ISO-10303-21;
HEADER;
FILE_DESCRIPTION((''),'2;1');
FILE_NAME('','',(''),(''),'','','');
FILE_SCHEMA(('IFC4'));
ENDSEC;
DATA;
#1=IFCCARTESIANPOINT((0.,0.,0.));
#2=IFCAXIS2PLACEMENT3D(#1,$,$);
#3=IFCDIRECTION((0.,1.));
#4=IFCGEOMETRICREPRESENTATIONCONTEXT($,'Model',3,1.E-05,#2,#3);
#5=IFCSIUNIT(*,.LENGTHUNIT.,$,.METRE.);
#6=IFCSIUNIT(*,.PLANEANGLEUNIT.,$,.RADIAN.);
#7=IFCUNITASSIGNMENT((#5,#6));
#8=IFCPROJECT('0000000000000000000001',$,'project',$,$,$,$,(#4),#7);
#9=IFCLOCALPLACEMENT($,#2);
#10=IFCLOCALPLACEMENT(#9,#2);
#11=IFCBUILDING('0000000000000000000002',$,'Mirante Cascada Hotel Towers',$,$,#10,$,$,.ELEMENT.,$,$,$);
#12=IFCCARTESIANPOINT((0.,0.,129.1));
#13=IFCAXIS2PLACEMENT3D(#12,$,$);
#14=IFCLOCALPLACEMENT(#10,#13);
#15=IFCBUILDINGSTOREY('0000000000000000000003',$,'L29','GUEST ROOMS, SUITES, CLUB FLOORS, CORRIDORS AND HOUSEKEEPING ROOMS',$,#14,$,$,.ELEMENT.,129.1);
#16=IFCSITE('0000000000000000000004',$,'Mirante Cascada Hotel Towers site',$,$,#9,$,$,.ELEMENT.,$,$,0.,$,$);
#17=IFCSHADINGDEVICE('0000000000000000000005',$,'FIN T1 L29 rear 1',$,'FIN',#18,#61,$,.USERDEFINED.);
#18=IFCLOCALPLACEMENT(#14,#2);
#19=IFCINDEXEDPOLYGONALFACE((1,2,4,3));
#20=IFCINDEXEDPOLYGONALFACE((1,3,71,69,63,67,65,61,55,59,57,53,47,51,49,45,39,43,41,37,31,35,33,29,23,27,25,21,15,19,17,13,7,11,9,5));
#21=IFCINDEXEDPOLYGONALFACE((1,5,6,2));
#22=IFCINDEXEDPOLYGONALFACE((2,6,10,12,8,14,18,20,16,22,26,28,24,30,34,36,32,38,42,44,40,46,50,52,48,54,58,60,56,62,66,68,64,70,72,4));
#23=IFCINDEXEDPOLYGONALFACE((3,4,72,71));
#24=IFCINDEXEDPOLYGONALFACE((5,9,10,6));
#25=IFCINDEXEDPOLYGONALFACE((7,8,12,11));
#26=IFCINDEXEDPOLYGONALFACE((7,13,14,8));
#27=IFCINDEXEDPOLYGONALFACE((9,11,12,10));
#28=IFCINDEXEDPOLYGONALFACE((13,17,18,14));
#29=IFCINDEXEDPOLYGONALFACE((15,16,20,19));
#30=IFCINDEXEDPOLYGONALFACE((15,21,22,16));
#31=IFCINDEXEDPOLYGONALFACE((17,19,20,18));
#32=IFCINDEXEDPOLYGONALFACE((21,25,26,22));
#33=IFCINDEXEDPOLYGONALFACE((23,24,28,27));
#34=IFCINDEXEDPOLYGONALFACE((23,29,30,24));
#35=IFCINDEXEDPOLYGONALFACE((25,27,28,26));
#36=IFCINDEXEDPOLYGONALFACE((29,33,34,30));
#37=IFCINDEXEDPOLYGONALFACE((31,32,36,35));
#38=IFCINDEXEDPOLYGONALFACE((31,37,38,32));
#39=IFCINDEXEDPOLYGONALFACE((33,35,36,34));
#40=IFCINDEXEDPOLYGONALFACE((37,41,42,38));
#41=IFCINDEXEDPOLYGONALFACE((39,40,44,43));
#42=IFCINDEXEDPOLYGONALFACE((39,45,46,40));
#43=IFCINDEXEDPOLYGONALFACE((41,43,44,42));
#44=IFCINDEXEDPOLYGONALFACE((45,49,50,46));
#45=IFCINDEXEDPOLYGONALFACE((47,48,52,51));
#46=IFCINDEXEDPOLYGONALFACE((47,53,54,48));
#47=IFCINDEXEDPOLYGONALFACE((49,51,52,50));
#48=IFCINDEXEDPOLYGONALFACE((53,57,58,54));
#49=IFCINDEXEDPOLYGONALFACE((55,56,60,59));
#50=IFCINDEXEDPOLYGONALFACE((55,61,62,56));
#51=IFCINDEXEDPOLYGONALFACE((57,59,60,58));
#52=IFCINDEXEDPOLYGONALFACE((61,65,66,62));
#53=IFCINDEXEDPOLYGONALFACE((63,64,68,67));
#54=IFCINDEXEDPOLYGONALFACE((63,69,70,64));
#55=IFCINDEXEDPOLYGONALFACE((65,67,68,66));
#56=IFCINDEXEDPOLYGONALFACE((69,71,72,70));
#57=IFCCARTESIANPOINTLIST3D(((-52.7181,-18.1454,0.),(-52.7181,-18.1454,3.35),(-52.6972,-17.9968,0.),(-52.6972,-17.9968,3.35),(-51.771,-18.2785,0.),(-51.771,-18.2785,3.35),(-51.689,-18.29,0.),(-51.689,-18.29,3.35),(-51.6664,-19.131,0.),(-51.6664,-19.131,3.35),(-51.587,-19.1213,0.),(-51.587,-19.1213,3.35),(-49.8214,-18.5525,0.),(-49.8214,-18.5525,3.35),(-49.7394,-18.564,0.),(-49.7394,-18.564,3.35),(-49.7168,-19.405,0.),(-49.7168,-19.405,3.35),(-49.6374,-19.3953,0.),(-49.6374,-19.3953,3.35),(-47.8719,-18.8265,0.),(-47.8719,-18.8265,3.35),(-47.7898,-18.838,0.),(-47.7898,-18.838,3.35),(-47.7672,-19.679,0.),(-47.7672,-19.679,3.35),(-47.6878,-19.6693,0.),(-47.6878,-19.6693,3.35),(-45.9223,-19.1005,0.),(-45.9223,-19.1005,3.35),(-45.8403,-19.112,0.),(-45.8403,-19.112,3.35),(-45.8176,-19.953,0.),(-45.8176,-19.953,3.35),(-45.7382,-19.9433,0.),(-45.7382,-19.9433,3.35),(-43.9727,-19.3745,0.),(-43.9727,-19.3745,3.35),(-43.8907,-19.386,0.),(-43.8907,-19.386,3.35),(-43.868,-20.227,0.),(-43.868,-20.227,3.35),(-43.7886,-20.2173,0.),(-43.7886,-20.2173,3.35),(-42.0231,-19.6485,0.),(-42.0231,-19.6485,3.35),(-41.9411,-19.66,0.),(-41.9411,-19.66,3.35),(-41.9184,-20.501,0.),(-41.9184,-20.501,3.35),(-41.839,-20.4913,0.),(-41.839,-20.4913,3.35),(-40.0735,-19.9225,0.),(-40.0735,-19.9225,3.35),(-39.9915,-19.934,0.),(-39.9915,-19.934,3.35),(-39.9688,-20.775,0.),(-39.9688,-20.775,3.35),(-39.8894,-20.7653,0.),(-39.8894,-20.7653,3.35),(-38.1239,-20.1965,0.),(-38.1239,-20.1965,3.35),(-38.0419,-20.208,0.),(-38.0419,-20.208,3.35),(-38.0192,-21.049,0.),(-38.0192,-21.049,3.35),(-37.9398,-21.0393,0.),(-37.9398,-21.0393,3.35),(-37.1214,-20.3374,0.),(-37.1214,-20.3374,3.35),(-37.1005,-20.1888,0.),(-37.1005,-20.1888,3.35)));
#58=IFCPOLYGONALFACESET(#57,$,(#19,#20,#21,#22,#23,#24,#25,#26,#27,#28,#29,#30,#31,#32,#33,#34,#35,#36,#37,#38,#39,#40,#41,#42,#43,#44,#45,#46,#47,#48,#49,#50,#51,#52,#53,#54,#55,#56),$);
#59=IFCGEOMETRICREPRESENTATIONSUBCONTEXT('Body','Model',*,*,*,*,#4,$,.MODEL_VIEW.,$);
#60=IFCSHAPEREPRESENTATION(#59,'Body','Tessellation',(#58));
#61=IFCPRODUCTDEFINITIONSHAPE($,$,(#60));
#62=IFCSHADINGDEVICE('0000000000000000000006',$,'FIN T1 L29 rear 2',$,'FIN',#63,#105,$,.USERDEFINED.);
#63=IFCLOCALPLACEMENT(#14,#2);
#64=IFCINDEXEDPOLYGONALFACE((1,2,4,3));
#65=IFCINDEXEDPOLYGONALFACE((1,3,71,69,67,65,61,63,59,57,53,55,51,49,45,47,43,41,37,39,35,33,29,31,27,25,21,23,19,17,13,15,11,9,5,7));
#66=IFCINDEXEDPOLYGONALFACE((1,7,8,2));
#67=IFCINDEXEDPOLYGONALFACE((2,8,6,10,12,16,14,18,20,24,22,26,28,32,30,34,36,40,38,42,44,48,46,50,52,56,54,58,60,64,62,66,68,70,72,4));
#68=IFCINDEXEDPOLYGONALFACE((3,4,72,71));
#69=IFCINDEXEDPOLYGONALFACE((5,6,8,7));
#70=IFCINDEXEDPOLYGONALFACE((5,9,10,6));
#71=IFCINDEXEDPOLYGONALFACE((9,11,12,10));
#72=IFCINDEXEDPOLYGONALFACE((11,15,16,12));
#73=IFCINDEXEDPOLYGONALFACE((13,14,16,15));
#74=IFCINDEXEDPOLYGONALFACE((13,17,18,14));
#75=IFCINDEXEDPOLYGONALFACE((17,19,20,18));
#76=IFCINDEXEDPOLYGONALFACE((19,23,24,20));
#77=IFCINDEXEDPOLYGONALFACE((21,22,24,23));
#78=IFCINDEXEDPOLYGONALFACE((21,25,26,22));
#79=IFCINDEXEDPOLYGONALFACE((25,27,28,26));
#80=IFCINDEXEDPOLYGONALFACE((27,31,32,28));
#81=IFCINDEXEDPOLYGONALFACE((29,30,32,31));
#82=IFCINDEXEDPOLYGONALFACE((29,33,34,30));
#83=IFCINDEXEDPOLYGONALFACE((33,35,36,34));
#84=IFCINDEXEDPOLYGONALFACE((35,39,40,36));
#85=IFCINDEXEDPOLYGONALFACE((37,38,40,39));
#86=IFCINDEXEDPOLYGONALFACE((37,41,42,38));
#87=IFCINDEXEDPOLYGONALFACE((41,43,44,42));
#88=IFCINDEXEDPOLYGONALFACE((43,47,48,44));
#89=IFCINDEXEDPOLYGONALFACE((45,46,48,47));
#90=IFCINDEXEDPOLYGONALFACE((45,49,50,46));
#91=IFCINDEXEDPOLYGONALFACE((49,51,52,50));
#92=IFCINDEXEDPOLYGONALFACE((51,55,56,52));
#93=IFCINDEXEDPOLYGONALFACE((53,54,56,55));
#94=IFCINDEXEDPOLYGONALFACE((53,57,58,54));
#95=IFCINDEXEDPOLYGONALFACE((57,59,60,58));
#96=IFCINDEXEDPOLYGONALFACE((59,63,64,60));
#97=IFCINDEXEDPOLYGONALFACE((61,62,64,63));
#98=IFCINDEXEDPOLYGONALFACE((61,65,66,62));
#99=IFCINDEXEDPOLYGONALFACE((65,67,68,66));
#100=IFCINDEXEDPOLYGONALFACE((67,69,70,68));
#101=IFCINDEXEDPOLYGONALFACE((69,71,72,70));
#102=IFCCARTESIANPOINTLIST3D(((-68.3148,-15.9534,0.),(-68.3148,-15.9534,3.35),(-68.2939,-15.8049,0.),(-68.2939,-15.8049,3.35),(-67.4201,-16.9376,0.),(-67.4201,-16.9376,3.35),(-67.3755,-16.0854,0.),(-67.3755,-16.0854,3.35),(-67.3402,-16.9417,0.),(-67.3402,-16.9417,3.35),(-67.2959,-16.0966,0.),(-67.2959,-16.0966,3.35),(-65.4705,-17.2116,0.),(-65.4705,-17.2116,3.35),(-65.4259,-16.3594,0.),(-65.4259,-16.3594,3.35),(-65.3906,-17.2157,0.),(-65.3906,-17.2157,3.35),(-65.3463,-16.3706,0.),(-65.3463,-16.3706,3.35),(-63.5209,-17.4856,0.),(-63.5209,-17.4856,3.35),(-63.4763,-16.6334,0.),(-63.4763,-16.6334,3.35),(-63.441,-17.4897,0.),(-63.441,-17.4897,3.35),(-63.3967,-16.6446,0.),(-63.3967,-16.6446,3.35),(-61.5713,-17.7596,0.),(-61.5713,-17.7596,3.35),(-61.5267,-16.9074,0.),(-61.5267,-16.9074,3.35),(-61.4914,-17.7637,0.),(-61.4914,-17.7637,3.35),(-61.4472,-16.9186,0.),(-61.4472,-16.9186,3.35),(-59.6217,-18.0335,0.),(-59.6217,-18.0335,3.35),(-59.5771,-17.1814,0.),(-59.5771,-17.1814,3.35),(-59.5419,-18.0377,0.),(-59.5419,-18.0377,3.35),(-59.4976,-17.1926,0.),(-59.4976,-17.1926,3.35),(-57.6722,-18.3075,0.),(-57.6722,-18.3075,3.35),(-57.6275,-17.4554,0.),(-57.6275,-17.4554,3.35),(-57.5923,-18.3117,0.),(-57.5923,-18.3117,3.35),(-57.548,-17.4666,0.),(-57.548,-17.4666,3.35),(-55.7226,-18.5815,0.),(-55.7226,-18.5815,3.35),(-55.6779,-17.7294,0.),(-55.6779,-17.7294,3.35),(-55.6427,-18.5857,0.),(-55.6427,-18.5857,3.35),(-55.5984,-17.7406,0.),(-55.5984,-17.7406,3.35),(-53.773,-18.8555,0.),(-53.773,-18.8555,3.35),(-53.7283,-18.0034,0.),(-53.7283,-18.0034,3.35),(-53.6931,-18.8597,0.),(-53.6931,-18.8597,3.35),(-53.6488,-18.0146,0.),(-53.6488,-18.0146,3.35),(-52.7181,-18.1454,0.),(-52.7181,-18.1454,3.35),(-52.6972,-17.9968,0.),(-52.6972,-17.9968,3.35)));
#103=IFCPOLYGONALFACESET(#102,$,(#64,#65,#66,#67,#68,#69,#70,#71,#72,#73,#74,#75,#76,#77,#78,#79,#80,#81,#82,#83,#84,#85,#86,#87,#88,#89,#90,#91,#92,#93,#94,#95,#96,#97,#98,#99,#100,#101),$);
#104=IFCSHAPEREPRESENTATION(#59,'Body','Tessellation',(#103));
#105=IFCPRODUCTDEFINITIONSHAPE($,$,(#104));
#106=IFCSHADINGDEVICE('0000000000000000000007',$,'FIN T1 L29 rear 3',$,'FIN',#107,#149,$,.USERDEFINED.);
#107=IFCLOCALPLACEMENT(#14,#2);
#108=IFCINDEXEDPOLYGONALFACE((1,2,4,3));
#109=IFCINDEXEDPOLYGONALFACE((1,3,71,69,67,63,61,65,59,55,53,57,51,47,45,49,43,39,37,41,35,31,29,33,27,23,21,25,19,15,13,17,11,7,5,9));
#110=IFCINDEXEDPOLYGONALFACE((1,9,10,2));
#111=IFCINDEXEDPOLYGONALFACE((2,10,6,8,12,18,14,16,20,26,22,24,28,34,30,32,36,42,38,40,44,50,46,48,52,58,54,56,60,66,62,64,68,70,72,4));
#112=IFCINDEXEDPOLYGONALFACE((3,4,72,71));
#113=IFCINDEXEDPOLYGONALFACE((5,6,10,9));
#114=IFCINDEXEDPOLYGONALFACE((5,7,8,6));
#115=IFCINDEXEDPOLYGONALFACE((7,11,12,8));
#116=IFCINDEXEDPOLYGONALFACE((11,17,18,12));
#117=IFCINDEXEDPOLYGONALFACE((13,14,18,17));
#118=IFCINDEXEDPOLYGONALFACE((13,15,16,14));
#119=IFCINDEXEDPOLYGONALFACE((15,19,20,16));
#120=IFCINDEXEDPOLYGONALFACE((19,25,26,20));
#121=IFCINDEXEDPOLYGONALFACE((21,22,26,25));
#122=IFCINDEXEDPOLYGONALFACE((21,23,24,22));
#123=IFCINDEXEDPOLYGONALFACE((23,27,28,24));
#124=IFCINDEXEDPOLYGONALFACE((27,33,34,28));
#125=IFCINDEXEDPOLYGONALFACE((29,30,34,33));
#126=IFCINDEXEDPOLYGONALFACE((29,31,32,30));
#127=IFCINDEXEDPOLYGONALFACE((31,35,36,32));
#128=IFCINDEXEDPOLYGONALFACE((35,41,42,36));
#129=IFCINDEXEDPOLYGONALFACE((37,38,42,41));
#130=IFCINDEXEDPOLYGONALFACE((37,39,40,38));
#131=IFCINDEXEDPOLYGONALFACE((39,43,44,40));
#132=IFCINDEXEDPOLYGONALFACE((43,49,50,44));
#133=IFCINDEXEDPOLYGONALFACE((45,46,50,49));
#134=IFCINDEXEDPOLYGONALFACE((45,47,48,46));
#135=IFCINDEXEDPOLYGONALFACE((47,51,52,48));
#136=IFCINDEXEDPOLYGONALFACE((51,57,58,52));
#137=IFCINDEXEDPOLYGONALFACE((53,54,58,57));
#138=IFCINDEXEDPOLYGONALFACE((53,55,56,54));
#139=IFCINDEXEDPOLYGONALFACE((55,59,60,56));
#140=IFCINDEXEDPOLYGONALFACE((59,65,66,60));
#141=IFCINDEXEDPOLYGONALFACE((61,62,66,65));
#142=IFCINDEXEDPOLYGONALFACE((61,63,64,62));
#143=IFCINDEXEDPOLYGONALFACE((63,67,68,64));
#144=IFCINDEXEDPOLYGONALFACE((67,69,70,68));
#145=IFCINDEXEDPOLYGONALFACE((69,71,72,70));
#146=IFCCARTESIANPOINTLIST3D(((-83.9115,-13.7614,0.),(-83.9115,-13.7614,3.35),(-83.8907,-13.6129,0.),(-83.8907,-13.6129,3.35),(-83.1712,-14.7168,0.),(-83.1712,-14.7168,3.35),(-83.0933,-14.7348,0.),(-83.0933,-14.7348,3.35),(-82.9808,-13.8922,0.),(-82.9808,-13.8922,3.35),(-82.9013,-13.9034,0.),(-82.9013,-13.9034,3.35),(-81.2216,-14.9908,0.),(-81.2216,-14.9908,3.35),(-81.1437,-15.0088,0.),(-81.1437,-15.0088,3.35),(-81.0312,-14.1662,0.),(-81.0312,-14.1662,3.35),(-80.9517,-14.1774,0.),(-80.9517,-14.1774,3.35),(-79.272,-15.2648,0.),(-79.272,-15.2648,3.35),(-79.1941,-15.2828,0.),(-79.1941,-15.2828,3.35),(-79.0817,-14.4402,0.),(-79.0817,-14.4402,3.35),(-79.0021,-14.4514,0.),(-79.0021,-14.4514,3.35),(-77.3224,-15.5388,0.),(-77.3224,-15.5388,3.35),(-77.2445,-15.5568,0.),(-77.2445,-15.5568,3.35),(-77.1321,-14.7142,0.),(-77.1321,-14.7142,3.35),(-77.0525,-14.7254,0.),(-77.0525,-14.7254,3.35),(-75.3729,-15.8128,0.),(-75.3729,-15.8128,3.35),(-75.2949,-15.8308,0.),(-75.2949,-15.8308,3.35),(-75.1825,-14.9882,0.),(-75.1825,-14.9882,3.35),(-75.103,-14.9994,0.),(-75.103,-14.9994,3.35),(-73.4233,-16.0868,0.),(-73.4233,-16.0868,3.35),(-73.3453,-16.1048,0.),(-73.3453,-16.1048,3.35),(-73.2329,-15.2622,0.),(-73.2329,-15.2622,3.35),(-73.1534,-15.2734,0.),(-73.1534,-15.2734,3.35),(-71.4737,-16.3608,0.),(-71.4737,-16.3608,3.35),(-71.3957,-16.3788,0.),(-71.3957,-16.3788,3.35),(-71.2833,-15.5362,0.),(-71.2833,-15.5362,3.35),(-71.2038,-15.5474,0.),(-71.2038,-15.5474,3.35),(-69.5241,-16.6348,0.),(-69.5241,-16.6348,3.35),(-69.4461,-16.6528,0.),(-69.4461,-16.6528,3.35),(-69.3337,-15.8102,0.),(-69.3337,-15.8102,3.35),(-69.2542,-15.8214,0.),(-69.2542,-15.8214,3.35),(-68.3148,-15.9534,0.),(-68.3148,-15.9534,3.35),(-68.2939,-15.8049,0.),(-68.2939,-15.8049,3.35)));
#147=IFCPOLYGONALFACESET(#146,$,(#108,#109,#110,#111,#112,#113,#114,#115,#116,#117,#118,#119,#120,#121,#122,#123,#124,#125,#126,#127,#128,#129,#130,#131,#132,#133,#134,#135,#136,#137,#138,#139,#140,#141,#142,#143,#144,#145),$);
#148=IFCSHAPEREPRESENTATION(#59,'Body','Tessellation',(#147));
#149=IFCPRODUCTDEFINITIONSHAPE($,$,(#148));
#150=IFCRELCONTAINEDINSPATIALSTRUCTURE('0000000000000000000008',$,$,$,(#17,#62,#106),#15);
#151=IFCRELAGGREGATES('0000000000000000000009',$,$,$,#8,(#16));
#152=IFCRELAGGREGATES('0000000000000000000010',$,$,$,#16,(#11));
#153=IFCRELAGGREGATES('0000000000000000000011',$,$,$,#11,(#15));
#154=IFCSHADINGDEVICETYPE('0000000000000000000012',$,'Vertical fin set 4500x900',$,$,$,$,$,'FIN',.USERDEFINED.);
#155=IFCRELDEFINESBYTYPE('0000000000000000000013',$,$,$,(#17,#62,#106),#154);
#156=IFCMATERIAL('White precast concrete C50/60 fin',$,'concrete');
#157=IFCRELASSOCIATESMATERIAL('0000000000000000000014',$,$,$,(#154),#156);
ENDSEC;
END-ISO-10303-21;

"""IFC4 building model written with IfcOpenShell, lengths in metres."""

from ifc_helpers import new_model, si_unit, direction, frame, origin, place, context, subcontext, project, spatial, polyline, outline, extrude, material, type_object, element, save


model = new_model("IFC4")

# Units and contexts
model_context = context("Model", 3, precision=1e-05, world=origin(), true_north=direction((0.0, 1.0)))
body_context = subcontext(model_context, "Body", "Model", "MODEL_VIEW")
ifc_project = project(units=[si_unit("LENGTHUNIT", "METRE"), si_unit("PLANEANGLEUNIT", "RADIAN")], contexts=[model_context])

# Site, building, storey
site_placement = place(None, origin())
site = spatial("IfcSite", under=ifc_project, at=site_placement, Name="Mirante Cascada Hotel Towers site", CompositionType="ELEMENT", RefElevation=0.0)
building_placement = place(site_placement, origin())
building = spatial("IfcBuilding", under=site, at=building_placement, Name="Mirante Cascada Hotel Towers", CompositionType="ELEMENT")
storey_placement = place(building_placement, frame((0.0, 0.0, 129.1)))
storey = spatial("IfcBuildingStorey", under=building, at=storey_placement, Name="L29", Description="GUEST ROOMS, SUITES, CLUB FLOORS, CORRIDORS AND HOUSEKEEPING ROOMS", CompositionType="ELEMENT", Elevation=129.1)

# Shading devices
ifc_material_1 = material(Name="White precast concrete C50/60 fin", Category="concrete")
shading_device_type = type_object("IfcShadingDeviceType", Name="Vertical fin set 4500x900", ElementType="FIN", PredefinedType="USERDEFINED", material=ifc_material_1)
shading_device_1_placement = place(storey_placement, origin())
element("IfcShadingDevice", 1, at=shading_device_1_placement, inside=storey, type_object=shading_device_type, Name="FIN T1 L29 rear 1", ObjectType="FIN", PredefinedType="USERDEFINED", context=body_context, shape_type="SweptSolid", body=[
    extrude(outline(polyline([(-38.1239, -20.1965), (-39.9915, -19.934), (-39.8894, -20.7653), (-39.9688, -20.775), (-40.0735, -19.9225), (-41.9411, -19.66), (-41.839, -20.4913), (-41.9184, -20.501), (-42.0231, -19.6485), (-43.8907, -19.386), (-43.7886, -20.2173), (-43.868, -20.227), (-43.9727, -19.3745), (-45.8403, -19.112), (-45.7382, -19.9433), (-45.8176, -19.953), (-45.9223, -19.1005), (-47.7898, -18.838), (-47.6878, -19.6693), (-47.7672, -19.679), (-47.8719, -18.8265), (-49.7394, -18.564), (-49.6374, -19.3953), (-49.7168, -19.405), (-49.8214, -18.5525), (-51.689, -18.29), (-51.587, -19.1213), (-51.6664, -19.131), (-51.771, -18.2785), (-52.7181, -18.1454), (-52.6972, -17.9968), (-37.1005, -20.1888), (-37.1214, -20.3374), (-38.0419, -20.208), (-37.9398, -21.0393), (-38.0192, -21.049), (-38.1239, -20.1965)])), origin(), (0.0, 0.0, 1.0), 3.35),
])
shading_device_2_placement = place(storey_placement, origin())
element("IfcShadingDevice", 2, at=shading_device_2_placement, inside=storey, type_object=shading_device_type, Name="FIN T1 L29 rear 2", ObjectType="FIN", PredefinedType="USERDEFINED", context=body_context, shape_type="SweptSolid", body=[
    extrude(outline(polyline([(-53.7283, -18.0034), (-55.5984, -17.7406), (-55.6427, -18.5857), (-55.7226, -18.5815), (-55.6779, -17.7294), (-57.548, -17.4666), (-57.5923, -18.3117), (-57.6722, -18.3075), (-57.6275, -17.4554), (-59.4976, -17.1926), (-59.5419, -18.0377), (-59.6217, -18.0335), (-59.5771, -17.1814), (-61.4472, -16.9186), (-61.4914, -17.7637), (-61.5713, -17.7596), (-61.5267, -16.9074), (-63.3967, -16.6446), (-63.441, -17.4897), (-63.5209, -17.4856), (-63.4763, -16.6334), (-65.3463, -16.3706), (-65.3906, -17.2157), (-65.4705, -17.2116), (-65.4259, -16.3594), (-67.2959, -16.0966), (-67.3402, -16.9417), (-67.4201, -16.9376), (-67.3755, -16.0854), (-68.3148, -15.9534), (-68.2939, -15.8049), (-52.6972, -17.9968), (-52.7181, -18.1454), (-53.6488, -18.0146), (-53.6931, -18.8597), (-53.773, -18.8555), (-53.7283, -18.0034)])), origin(), (0.0, 0.0, 1.0), 3.35),
])
shading_device_3_placement = place(storey_placement, origin())
element("IfcShadingDevice", 3, at=shading_device_3_placement, inside=storey, type_object=shading_device_type, Name="FIN T1 L29 rear 3", ObjectType="FIN", PredefinedType="USERDEFINED", context=body_context, shape_type="SweptSolid", body=[
    extrude(outline(polyline([(-69.3337, -15.8102), (-71.2038, -15.5474), (-71.3957, -16.3788), (-71.4737, -16.3608), (-71.2833, -15.5362), (-73.1534, -15.2734), (-73.3453, -16.1048), (-73.4233, -16.0868), (-73.2329, -15.2622), (-75.103, -14.9994), (-75.2949, -15.8308), (-75.3729, -15.8128), (-75.1825, -14.9882), (-77.0525, -14.7254), (-77.2445, -15.5568), (-77.3224, -15.5388), (-77.1321, -14.7142), (-79.0021, -14.4514), (-79.1941, -15.2828), (-79.272, -15.2648), (-79.0817, -14.4402), (-80.9517, -14.1774), (-81.1437, -15.0088), (-81.2216, -14.9908), (-81.0312, -14.1662), (-82.9013, -13.9034), (-83.0933, -14.7348), (-83.1712, -14.7168), (-82.9808, -13.8922), (-83.9115, -13.7614), (-83.8907, -13.6129), (-68.2939, -15.8049), (-68.3148, -15.9534), (-69.2542, -15.8214), (-69.4461, -16.6528), (-69.5241, -16.6348), (-69.3337, -15.8102)])), origin(), (0.0, 0.0, 1.0), 3.35),
])

save(model, "model.ifc")
